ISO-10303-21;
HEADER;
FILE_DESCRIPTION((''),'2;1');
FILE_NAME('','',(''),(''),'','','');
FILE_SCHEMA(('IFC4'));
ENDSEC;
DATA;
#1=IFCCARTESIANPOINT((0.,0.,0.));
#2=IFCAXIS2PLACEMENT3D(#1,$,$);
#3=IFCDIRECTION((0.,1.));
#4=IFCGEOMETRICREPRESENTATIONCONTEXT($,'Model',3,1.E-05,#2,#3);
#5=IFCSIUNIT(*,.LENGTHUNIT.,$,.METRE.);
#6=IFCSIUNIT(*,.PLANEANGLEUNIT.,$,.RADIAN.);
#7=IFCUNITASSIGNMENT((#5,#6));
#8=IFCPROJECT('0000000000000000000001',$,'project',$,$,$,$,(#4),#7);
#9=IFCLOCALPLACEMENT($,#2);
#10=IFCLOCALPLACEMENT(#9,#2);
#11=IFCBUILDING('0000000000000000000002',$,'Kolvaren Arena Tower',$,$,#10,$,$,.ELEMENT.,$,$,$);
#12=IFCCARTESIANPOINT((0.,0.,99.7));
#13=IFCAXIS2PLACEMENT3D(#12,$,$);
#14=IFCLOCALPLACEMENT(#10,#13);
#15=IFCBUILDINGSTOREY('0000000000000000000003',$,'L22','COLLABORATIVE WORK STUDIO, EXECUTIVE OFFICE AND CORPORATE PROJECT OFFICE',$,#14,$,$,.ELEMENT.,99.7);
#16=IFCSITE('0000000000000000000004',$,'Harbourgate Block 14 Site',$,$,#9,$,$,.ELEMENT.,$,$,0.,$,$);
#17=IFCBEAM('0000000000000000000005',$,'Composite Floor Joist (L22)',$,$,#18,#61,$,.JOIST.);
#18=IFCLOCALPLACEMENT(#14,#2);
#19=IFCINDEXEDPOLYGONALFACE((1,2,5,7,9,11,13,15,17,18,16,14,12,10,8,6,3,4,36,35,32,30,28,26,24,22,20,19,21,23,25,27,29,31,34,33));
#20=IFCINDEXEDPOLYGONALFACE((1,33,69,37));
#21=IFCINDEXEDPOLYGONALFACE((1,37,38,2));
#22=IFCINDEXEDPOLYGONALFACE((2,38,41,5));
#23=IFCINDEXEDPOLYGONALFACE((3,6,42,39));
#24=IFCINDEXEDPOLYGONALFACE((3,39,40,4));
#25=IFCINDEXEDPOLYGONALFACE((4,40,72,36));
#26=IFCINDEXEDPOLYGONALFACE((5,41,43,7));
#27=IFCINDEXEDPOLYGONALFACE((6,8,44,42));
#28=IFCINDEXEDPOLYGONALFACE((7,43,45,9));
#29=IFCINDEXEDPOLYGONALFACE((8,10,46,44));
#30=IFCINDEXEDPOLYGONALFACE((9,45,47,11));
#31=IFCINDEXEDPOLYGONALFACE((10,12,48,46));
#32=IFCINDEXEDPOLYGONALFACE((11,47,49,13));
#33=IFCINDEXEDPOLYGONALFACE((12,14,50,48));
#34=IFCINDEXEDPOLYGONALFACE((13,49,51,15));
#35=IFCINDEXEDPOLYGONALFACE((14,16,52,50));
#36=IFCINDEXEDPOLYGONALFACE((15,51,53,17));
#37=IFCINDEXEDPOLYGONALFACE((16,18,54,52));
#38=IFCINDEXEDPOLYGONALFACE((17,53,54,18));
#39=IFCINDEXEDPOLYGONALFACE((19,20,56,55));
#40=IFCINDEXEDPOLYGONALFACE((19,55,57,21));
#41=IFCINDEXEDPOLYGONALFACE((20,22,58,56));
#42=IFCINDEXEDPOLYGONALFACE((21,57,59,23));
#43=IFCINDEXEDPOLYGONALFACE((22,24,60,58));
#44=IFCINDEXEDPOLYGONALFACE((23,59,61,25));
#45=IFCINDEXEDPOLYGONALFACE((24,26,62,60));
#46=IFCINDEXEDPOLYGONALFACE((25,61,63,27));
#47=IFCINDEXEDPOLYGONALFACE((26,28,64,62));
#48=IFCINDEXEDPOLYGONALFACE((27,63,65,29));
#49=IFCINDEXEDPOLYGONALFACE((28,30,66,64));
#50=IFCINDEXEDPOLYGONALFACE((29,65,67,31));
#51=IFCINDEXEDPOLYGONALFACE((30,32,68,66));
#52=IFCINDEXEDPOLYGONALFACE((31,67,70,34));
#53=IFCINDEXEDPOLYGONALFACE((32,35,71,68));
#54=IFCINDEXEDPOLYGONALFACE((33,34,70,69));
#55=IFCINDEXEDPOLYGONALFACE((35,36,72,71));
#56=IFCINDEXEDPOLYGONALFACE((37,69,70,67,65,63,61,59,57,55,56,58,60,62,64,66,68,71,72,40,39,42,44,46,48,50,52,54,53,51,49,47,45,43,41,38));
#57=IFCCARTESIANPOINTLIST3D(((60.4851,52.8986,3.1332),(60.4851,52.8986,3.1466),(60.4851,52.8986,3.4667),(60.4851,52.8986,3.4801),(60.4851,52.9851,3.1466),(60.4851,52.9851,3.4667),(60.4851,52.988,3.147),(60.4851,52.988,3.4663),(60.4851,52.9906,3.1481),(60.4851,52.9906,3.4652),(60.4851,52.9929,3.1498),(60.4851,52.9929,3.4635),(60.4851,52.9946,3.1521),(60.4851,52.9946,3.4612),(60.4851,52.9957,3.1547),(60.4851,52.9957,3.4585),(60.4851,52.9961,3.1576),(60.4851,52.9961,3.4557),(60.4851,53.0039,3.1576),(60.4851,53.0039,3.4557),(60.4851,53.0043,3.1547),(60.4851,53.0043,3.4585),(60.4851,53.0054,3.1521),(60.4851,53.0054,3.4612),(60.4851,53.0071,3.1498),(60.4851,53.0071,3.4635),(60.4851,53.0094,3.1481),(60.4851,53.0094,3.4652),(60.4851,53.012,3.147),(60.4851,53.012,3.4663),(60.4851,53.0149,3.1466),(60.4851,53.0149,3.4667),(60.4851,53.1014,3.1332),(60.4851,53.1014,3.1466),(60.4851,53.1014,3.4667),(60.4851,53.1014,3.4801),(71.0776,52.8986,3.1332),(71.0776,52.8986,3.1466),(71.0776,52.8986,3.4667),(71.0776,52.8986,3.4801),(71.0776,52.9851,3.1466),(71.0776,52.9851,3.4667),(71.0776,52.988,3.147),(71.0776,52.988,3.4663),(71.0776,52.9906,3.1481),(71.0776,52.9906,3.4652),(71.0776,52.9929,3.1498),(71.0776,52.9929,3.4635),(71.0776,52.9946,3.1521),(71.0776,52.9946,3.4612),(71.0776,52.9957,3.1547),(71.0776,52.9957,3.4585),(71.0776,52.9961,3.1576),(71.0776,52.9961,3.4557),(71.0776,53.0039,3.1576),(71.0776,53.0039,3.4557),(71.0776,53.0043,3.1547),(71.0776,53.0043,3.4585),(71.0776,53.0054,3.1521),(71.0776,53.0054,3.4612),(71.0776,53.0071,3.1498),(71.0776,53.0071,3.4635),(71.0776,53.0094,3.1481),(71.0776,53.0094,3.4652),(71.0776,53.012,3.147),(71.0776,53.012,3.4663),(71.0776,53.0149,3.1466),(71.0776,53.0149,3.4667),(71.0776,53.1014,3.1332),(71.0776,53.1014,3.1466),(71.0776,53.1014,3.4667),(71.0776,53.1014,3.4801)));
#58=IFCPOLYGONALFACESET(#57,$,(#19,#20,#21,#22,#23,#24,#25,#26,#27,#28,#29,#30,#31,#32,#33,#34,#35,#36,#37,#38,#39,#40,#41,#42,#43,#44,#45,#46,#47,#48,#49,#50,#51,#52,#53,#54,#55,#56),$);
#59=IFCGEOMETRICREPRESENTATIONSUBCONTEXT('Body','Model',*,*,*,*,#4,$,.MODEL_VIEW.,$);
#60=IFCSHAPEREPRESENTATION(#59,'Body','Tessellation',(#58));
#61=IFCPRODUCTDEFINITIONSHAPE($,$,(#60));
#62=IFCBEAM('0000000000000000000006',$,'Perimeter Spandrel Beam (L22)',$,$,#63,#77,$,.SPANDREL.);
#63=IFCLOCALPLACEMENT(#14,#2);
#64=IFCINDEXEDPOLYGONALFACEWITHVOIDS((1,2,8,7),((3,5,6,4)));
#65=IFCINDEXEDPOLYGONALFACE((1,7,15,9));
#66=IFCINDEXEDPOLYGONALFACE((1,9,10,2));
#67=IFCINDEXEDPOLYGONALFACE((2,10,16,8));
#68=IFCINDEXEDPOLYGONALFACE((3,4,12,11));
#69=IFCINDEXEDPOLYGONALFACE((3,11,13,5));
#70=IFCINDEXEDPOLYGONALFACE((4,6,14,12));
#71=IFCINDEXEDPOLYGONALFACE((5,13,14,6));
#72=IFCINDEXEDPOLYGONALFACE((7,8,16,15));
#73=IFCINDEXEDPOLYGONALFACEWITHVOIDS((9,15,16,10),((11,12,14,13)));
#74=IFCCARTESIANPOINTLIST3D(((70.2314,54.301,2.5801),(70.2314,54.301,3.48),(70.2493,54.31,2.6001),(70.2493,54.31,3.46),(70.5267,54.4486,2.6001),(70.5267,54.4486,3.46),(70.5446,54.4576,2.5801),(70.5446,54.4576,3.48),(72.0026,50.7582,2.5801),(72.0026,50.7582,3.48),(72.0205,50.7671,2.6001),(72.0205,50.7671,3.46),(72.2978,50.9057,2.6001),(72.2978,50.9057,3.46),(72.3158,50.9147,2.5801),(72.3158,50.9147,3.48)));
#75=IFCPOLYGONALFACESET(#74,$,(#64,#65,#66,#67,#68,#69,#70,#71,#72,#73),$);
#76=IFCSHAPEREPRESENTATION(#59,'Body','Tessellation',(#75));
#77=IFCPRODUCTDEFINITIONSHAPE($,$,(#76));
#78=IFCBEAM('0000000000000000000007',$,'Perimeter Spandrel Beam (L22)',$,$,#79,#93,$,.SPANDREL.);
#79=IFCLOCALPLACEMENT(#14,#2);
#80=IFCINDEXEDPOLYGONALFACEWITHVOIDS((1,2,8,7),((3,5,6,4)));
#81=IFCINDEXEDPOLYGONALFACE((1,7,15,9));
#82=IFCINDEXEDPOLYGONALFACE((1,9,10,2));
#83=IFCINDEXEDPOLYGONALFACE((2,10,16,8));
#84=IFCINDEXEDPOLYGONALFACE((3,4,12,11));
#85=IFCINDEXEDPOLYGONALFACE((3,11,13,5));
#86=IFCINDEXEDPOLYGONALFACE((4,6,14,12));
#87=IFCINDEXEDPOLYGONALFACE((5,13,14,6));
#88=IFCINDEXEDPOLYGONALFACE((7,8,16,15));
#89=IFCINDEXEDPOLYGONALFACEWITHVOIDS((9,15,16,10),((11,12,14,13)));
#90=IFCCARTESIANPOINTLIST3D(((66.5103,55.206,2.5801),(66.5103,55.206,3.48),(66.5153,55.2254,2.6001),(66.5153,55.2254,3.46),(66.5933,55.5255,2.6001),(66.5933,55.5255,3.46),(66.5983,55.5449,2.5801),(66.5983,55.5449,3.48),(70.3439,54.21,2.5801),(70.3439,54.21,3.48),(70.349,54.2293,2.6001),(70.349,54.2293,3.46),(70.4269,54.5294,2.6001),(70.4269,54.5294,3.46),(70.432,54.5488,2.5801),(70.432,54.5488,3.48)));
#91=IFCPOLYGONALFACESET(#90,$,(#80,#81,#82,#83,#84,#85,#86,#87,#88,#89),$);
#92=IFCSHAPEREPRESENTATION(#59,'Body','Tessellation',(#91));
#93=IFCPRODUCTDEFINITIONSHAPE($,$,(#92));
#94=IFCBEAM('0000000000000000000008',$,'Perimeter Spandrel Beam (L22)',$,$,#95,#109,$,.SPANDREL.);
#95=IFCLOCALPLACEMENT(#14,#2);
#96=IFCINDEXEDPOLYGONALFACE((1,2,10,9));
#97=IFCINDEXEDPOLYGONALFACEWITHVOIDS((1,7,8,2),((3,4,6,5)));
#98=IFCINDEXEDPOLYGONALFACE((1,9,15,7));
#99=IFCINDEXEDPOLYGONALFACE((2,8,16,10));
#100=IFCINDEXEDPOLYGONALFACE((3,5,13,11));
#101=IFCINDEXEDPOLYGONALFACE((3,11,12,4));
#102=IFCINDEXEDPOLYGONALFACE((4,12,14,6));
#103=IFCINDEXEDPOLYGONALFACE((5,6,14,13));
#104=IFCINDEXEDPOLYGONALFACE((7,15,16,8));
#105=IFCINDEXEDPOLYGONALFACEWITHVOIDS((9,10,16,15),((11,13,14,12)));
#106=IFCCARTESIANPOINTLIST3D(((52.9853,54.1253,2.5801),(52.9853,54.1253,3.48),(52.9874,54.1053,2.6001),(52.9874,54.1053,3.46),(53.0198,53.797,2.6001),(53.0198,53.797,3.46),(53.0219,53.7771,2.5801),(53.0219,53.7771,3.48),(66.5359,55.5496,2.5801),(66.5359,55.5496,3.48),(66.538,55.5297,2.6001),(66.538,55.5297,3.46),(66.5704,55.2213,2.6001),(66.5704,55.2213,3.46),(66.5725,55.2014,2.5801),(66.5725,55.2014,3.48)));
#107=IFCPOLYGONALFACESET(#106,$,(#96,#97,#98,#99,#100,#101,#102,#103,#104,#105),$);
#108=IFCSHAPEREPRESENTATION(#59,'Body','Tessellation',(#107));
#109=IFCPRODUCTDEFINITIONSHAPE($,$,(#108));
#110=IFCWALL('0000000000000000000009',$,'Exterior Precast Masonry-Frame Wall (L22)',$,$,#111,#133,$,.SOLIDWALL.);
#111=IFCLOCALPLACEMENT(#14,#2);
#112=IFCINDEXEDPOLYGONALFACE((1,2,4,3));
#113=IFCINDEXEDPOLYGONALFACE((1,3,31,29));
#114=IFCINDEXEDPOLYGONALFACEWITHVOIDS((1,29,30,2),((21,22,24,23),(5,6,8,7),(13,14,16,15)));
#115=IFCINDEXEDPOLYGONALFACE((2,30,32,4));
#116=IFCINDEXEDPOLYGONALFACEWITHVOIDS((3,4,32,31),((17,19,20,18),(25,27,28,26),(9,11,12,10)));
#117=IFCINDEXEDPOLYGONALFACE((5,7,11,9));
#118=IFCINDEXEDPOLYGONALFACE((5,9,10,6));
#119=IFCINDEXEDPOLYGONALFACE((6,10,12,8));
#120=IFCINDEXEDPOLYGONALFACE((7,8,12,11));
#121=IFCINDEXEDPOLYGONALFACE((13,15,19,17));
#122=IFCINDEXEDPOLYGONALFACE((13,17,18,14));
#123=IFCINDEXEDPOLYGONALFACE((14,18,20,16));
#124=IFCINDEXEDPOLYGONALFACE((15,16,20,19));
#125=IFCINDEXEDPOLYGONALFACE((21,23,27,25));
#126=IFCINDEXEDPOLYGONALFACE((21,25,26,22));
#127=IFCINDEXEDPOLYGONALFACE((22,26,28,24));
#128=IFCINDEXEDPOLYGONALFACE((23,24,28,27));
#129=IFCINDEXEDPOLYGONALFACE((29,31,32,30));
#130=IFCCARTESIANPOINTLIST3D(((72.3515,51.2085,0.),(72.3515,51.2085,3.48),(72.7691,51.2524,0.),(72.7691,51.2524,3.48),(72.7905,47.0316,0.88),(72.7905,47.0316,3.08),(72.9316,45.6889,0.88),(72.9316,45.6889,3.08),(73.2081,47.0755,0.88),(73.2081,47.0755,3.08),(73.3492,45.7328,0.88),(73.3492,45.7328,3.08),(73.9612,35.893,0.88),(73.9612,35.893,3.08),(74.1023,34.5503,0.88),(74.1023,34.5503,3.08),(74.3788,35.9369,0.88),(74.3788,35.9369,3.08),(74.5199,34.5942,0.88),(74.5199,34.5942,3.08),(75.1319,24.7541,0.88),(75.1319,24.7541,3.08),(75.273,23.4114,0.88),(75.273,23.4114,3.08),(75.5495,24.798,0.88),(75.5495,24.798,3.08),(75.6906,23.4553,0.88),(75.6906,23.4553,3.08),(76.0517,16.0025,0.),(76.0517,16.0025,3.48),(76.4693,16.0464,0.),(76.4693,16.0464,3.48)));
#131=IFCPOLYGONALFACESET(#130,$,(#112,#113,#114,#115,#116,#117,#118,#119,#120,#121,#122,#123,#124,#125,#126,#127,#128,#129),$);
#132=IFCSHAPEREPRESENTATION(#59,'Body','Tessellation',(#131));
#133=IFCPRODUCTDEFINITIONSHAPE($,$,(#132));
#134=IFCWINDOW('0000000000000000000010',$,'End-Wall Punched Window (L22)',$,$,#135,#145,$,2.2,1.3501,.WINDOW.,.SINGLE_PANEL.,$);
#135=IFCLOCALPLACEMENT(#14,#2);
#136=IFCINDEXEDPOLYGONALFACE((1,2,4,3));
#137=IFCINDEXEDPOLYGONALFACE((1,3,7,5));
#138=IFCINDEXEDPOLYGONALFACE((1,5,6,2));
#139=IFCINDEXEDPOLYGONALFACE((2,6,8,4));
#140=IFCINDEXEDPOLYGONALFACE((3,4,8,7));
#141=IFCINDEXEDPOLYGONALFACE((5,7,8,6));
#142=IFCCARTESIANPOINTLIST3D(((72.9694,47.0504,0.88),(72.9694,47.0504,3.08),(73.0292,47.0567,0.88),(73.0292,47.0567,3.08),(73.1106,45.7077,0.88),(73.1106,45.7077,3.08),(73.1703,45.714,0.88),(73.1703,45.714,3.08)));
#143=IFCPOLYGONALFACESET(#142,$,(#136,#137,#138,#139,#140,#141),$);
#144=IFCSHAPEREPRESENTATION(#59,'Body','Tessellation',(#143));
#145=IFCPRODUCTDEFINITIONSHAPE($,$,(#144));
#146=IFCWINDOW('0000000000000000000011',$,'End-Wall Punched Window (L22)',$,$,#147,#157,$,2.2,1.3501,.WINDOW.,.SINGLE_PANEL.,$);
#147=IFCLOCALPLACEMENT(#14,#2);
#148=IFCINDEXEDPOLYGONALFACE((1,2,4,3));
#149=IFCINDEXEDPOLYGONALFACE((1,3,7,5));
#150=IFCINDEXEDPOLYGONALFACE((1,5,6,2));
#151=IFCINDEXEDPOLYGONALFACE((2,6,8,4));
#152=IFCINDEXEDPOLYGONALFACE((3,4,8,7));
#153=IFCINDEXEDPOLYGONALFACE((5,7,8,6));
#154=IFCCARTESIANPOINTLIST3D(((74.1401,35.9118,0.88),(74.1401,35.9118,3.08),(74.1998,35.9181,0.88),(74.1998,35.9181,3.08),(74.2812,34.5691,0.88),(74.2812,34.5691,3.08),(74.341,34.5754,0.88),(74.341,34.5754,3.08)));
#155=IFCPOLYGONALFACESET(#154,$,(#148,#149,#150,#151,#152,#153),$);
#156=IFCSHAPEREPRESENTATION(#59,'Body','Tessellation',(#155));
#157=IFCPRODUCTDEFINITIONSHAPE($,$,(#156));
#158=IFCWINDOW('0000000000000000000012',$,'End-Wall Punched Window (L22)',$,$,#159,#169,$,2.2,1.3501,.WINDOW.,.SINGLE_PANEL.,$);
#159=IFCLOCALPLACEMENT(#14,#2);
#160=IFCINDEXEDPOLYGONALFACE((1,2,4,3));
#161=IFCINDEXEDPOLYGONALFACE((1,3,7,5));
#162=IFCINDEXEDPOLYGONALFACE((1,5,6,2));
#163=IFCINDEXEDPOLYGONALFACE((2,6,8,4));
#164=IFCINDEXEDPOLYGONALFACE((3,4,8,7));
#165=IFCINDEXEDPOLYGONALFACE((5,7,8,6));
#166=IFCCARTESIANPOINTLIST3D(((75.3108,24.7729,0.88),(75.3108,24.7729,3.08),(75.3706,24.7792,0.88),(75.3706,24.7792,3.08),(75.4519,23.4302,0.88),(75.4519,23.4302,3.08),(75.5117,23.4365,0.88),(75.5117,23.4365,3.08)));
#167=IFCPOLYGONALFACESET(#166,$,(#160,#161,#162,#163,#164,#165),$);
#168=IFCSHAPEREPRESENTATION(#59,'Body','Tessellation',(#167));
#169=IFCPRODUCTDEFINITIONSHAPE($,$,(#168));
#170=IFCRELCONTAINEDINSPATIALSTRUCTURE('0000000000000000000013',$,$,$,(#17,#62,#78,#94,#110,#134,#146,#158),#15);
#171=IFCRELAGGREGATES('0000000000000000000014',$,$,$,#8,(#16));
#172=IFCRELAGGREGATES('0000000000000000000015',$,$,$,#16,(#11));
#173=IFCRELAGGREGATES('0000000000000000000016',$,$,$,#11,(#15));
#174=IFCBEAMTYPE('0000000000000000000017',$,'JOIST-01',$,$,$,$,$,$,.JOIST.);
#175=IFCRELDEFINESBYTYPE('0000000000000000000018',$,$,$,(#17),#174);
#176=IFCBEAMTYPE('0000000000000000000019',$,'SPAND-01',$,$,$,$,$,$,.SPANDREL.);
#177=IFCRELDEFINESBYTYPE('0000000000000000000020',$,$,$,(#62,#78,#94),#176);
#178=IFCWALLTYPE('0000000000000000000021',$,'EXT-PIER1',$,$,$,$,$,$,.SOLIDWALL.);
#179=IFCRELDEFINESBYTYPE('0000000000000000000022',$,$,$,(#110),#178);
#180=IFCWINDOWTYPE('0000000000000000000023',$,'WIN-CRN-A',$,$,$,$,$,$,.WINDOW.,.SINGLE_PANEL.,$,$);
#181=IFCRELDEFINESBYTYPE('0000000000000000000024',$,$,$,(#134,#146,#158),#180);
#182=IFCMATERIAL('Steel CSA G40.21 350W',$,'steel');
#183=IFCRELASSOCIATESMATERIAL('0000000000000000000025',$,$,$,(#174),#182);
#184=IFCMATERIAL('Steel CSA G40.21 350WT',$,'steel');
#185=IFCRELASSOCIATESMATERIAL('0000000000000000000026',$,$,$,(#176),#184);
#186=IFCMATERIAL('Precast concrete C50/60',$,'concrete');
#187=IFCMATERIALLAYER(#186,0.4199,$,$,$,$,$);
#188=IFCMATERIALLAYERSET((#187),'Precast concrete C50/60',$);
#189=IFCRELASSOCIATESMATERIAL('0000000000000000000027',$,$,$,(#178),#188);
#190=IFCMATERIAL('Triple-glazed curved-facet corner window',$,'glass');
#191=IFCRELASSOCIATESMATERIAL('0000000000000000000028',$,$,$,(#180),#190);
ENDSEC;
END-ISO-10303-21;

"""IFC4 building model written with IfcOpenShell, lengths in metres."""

from ifc_helpers import new_model, si_unit, direction, frame, frame_2d, origin, origin_2d, place, context, subcontext, project, spatial, rectangle, hollow_rectangle, i_section, extrude, material, layer, layer_set, material_profile, profile_set, type_object, element, fill, save


model = new_model("IFC4")

# Units and contexts
model_context = context("Model", 3, precision=1e-05, world=origin(), true_north=direction((0.0, 1.0)))
body_context = subcontext(model_context, "Body", "Model", "MODEL_VIEW")
ifc_project = project(units=[si_unit("LENGTHUNIT", "METRE"), si_unit("PLANEANGLEUNIT", "RADIAN")], contexts=[model_context])

# Site, building, storey
site_placement = place(None, origin())
site = spatial("IfcSite", under=ifc_project, at=site_placement, Name="Harbourgate Block 14 Site", CompositionType="ELEMENT", RefElevation=0.0)
building_placement = place(site_placement, origin())
building = spatial("IfcBuilding", under=site, at=building_placement, Name="Kolvaren Arena Tower", CompositionType="ELEMENT")
storey_placement = place(building_placement, frame((0.0, 0.0, 99.7)))
storey = spatial("IfcBuildingStorey", under=building, at=storey_placement, Name="L22", Description="COLLABORATIVE WORK STUDIO, EXECUTIVE OFFICE AND CORPORATE PROJECT OFFICE", CompositionType="ELEMENT", Elevation=99.7)

# Beams
ifc_material_1 = material(Name="Steel CSA G40.21 350W", Category="steel")
ifc_material_profile_1 = material_profile(ifc_material_1, i_section(OverallWidth=0.2029, OverallDepth=0.3469, WebThickness=0.0078, FlangeThickness=0.0134, FilletRadius=0.011, at=origin_2d()), Name="W360x64")
ifc_profile_set_1 = profile_set([ifc_material_profile_1], Name="Steel CSA G40.21 350W")
beam_type_1 = type_object("IfcBeamType", Name="JOIST-01", PredefinedType="JOIST", material=ifc_profile_set_1)
beam_1_placement = place(storey_placement, frame((60.4851, 53.0, 3.3066), z_axis=(1.0, 0.0, 0.0), x_axis=(0.0, 1.0, 0.0)))
element("IfcBeam", 1, at=beam_1_placement, inside=storey, type_object=beam_type_1, Name="Composite Floor Joist (L22)", PredefinedType="JOIST", context=body_context, shape_type="SweptSolid", body=[
    extrude(i_section(OverallWidth=0.2029, OverallDepth=0.3469, WebThickness=0.0078, FlangeThickness=0.0134, FilletRadius=0.011, at=origin_2d()), origin(), (0.0, 0.0, 1.0), 10.5925),
])
ifc_material_2 = material(Name="Steel CSA G40.21 350WT", Category="steel")
ifc_material_profile_2 = material_profile(ifc_material_2, hollow_rectangle(XDim=0.3501, YDim=0.8999, WallThickness=0.02, at=origin_2d()), Name="HSS 900x350x20")
ifc_profile_set_2 = profile_set([ifc_material_profile_2], Name="Steel CSA G40.21 350WT")
beam_type_2 = type_object("IfcBeamType", Name="SPAND-01", PredefinedType="SPANDREL", material=ifc_profile_set_2)
for number, where, z_axis, x_axis, name in (
    (2, (72.1592, 50.8364, 3.03), (-0.447164, 0.894452, 0.0), (-0.894452, -0.447164, 0.0), "Perimeter Spandrel Beam (L22)"),
    (3, (70.3879, 54.3794, 3.03), (-0.967864, 0.251473, 0.0), (-0.251473, -0.967864, 0.0), "Perimeter Spandrel Beam (L22)"),
):
    element("IfcBeam", number, at=place(storey_placement, frame(where, z_axis=z_axis, x_axis=x_axis)), inside=storey, type_object=beam_type_2, Name=name, PredefinedType="SPANDREL", context=body_context, shape_type="SweptSolid", body=[
        extrude(hollow_rectangle(XDim=0.3501, YDim=0.8999, WallThickness=0.02, at=origin_2d()), origin(), (0.0, 0.0, 1.0), 3.9609),
    ])
beam_2_placement = place(storey_placement, frame((66.5542, 55.3755, 3.03), z_axis=(-0.994521, -0.104536, 0.0), x_axis=(0.104536, -0.994521, 0.0)))
element("IfcBeam", 4, at=beam_2_placement, inside=storey, type_object=beam_type_2, Name="Perimeter Spandrel Beam (L22)", PredefinedType="SPANDREL", context=body_context, shape_type="SweptSolid", body=[
    extrude(hollow_rectangle(XDim=0.3501, YDim=0.8999, WallThickness=0.02, at=origin_2d()), origin(), (0.0, 0.0, 1.0), 13.6252),
])

# Wall, openings, windows
ifc_material_3 = material(Name="Precast concrete C50/60", Category="concrete")
ifc_layer_1 = layer(ifc_material_3, 0.4199)
ifc_layer_set_1 = layer_set([ifc_layer_1], Name="Precast concrete C50/60")
wall_type_1 = type_object("IfcWallType", Name="EXT-PIER1", PredefinedType="SOLIDWALL", material=ifc_layer_set_1)
wall_1_placement = place(storey_placement, frame((72.5603, 51.2305, 0.0), z_axis=(0.0, 0.0, 1.0), x_axis=(0.104525, -0.994522, 0.0)))
wall_1 = element("IfcWall", 5, at=wall_1_placement, inside=storey, type_object=wall_type_1, Name="Exterior Precast Masonry-Frame Wall (L22)", PredefinedType="SOLIDWALL", context=body_context, shape_type="SweptSolid", body=[
    extrude(rectangle(XDim=35.3999, YDim=0.4199, at=frame_2d((17.7, 0.0))), origin(), (0.0, 0.0, 1.0), 3.48),
])
opening_1_placement = place(wall_1_placement, frame((4.2, 0.0, 0.8799)))
opening_1 = element("IfcOpeningElement", 6, at=opening_1_placement, cuts=wall_1, PredefinedType="OPENING", context=body_context, shape_type="SweptSolid", body=[
    extrude(rectangle(XDim=1.3501, YDim=2.2, at=frame_2d((0.675, 1.1001))), frame((0.0, 0.22, 0.0), z_axis=(0.0, -1.0, 0.0), x_axis=(1.0, 0.0, 0.0)), (0.0, 0.0, 1.0), 0.4399),
])
opening_2_placement = place(wall_1_placement, frame((15.3999, 0.0, 0.8799)))
opening_2 = element("IfcOpeningElement", 7, at=opening_2_placement, cuts=wall_1, PredefinedType="OPENING", context=body_context, shape_type="SweptSolid", body=[
    extrude(rectangle(XDim=1.3501, YDim=2.2, at=frame_2d((0.675, 1.1001))), frame((0.0, 0.22, 0.0), z_axis=(0.0, -1.0, 0.0), x_axis=(1.0, 0.0, 0.0)), (0.0, 0.0, 1.0), 0.4399),
])
opening_3_placement = place(wall_1_placement, frame((26.6001, 0.0, 0.8799)))
opening_3 = element("IfcOpeningElement", 8, at=opening_3_placement, cuts=wall_1, PredefinedType="OPENING", context=body_context, shape_type="SweptSolid", body=[
    extrude(rectangle(XDim=1.3501, YDim=2.2, at=frame_2d((0.675, 1.1001))), frame((0.0, 0.22, 0.0), z_axis=(0.0, -1.0, 0.0), x_axis=(1.0, 0.0, 0.0)), (0.0, 0.0, 1.0), 0.4399),
])
ifc_material_4 = material(Name="Triple-glazed curved-facet corner window", Category="glass")
window_type = type_object("IfcWindowType", Name="WIN-CRN-A", PartitioningType="SINGLE_PANEL", PredefinedType="WINDOW", material=ifc_material_4)
window_1_placement = place(opening_1_placement, origin())
window_1 = element("IfcWindow", 9, at=window_1_placement, inside=storey, type_object=window_type, Name="End-Wall Punched Window (L22)", OverallHeight=2.2, OverallWidth=1.3501, PartitioningType="SINGLE_PANEL", PredefinedType="WINDOW", context=body_context, shape_type="SweptSolid", body=[
    extrude(rectangle(XDim=1.3501, YDim=2.2, at=frame_2d((0.675, 1.1001))), frame((0.0, 0.03, 0.0), z_axis=(0.0, -1.0, 0.0), x_axis=(1.0, 0.0, 0.0)), (0.0, 0.0, 1.0), 0.0601),
])
fill(opening_1, window_1)
window_2_placement = place(opening_2_placement, origin())
window_2 = element("IfcWindow", 10, at=window_2_placement, inside=storey, type_object=window_type, Name="End-Wall Punched Window (L22)", OverallHeight=2.2, OverallWidth=1.3501, PartitioningType="SINGLE_PANEL", PredefinedType="WINDOW", context=body_context, shape_type="SweptSolid", body=[
    extrude(rectangle(XDim=1.3501, YDim=2.2, at=frame_2d((0.675, 1.1001))), frame((0.0, 0.03, 0.0), z_axis=(0.0, -1.0, 0.0), x_axis=(1.0, 0.0, 0.0)), (0.0, 0.0, 1.0), 0.0601),
])
fill(opening_2, window_2)
window_3_placement = place(opening_3_placement, origin())
window_3 = element("IfcWindow", 11, at=window_3_placement, inside=storey, type_object=window_type, Name="End-Wall Punched Window (L22)", OverallHeight=2.2, OverallWidth=1.3501, PartitioningType="SINGLE_PANEL", PredefinedType="WINDOW", context=body_context, shape_type="SweptSolid", body=[
    extrude(rectangle(XDim=1.3501, YDim=2.2, at=frame_2d((0.675, 1.1001))), frame((0.0, 0.03, 0.0), z_axis=(0.0, -1.0, 0.0), x_axis=(1.0, 0.0, 0.0)), (0.0, 0.0, 1.0), 0.0601),
])
fill(opening_3, window_3)

save(model, "model.ifc")
